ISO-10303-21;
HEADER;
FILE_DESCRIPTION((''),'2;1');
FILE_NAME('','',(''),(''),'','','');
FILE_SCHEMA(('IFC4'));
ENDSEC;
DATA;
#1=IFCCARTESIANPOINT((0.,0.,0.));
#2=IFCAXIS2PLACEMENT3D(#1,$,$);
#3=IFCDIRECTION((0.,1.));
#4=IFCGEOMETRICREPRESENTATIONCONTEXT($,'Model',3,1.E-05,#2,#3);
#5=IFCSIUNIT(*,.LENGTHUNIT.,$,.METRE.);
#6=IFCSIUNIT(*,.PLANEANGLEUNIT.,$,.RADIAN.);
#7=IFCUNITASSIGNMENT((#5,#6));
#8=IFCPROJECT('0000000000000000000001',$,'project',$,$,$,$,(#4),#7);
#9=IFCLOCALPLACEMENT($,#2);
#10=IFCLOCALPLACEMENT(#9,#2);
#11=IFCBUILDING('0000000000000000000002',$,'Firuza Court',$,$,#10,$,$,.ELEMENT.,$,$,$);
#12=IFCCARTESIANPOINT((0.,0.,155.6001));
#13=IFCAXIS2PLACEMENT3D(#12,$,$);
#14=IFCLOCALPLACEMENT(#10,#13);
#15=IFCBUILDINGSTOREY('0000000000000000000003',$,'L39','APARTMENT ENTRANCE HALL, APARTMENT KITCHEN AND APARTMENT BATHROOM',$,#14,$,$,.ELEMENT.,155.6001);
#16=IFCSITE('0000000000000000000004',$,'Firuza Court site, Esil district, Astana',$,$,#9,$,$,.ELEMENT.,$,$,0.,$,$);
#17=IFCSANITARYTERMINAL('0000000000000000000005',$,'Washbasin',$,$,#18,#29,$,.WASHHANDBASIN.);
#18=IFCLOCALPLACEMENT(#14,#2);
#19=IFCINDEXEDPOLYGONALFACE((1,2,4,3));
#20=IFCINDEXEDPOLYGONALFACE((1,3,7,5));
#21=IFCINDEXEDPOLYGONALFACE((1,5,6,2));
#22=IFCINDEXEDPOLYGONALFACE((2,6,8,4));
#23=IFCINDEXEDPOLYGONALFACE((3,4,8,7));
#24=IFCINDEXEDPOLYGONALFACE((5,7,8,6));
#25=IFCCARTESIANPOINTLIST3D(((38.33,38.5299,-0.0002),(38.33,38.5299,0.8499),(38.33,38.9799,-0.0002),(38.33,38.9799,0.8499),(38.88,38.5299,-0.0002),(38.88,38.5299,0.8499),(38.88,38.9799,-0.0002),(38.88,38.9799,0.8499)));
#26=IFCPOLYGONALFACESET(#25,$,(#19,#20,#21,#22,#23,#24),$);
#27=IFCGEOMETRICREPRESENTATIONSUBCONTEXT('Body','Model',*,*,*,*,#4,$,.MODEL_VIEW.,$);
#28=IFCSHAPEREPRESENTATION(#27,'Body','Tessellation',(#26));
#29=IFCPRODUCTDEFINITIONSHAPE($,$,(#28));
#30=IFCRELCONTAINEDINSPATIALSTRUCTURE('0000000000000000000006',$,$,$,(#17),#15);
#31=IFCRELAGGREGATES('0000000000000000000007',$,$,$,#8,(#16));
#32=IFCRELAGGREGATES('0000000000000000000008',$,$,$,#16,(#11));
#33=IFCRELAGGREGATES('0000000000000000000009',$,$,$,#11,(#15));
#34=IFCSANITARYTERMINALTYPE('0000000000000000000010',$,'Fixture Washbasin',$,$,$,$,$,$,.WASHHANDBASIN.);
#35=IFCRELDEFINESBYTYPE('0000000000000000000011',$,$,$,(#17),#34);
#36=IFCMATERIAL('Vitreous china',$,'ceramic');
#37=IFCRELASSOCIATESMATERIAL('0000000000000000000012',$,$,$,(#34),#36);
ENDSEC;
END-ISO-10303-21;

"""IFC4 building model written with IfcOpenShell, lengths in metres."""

from ifc_helpers import new_model, si_unit, direction, frame, origin, origin_2d, place, context, subcontext, project, spatial, rectangle, extrude, material, type_object, element, save


model = new_model("IFC4")

# Units and contexts
model_context = context("Model", 3, precision=1e-05, world=origin(), true_north=direction((0.0, 1.0)))
body_context = subcontext(model_context, "Body", "Model", "MODEL_VIEW")
ifc_project = project(units=[si_unit("LENGTHUNIT", "METRE"), si_unit("PLANEANGLEUNIT", "RADIAN")], contexts=[model_context])

# Site, building, storey
site_placement = place(None, origin())
site = spatial("IfcSite", under=ifc_project, at=site_placement, Name="Firuza Court site, Esil district, Astana", CompositionType="ELEMENT", RefElevation=0.0)
building_placement = place(site_placement, origin())
building = spatial("IfcBuilding", under=site, at=building_placement, Name="Firuza Court", CompositionType="ELEMENT")
storey_placement = place(building_placement, frame((0.0, 0.0, 155.6001)))
storey = spatial("IfcBuildingStorey", under=building, at=storey_placement, Name="L39", Description="APARTMENT ENTRANCE HALL, APARTMENT KITCHEN AND APARTMENT BATHROOM", CompositionType="ELEMENT", Elevation=155.6001)

# Sanitary terminal
ifc_material_1 = material(Name="Vitreous china", Category="ceramic")
sanitary_terminal_type_1 = type_object("IfcSanitaryTerminalType", Name="Fixture Washbasin", PredefinedType="WASHHANDBASIN", material=ifc_material_1)
sanitary_terminal_1_placement = place(storey_placement, frame((38.605, 38.7549, -0.0002), z_axis=(0.0, 0.0, 1.0), x_axis=(1.0, 0.0, 0.0)))
element("IfcSanitaryTerminal", 1, at=sanitary_terminal_1_placement, inside=storey, type_object=sanitary_terminal_type_1, Name="Washbasin", PredefinedType="WASHHANDBASIN", context=body_context, shape_type="SweptSolid", body=[
    extrude(rectangle(XDim=0.55, YDim=0.45, at=origin_2d()), origin(), (0.0, 0.0, 1.0), 0.8501),
])

save(model, "model.ifc")
